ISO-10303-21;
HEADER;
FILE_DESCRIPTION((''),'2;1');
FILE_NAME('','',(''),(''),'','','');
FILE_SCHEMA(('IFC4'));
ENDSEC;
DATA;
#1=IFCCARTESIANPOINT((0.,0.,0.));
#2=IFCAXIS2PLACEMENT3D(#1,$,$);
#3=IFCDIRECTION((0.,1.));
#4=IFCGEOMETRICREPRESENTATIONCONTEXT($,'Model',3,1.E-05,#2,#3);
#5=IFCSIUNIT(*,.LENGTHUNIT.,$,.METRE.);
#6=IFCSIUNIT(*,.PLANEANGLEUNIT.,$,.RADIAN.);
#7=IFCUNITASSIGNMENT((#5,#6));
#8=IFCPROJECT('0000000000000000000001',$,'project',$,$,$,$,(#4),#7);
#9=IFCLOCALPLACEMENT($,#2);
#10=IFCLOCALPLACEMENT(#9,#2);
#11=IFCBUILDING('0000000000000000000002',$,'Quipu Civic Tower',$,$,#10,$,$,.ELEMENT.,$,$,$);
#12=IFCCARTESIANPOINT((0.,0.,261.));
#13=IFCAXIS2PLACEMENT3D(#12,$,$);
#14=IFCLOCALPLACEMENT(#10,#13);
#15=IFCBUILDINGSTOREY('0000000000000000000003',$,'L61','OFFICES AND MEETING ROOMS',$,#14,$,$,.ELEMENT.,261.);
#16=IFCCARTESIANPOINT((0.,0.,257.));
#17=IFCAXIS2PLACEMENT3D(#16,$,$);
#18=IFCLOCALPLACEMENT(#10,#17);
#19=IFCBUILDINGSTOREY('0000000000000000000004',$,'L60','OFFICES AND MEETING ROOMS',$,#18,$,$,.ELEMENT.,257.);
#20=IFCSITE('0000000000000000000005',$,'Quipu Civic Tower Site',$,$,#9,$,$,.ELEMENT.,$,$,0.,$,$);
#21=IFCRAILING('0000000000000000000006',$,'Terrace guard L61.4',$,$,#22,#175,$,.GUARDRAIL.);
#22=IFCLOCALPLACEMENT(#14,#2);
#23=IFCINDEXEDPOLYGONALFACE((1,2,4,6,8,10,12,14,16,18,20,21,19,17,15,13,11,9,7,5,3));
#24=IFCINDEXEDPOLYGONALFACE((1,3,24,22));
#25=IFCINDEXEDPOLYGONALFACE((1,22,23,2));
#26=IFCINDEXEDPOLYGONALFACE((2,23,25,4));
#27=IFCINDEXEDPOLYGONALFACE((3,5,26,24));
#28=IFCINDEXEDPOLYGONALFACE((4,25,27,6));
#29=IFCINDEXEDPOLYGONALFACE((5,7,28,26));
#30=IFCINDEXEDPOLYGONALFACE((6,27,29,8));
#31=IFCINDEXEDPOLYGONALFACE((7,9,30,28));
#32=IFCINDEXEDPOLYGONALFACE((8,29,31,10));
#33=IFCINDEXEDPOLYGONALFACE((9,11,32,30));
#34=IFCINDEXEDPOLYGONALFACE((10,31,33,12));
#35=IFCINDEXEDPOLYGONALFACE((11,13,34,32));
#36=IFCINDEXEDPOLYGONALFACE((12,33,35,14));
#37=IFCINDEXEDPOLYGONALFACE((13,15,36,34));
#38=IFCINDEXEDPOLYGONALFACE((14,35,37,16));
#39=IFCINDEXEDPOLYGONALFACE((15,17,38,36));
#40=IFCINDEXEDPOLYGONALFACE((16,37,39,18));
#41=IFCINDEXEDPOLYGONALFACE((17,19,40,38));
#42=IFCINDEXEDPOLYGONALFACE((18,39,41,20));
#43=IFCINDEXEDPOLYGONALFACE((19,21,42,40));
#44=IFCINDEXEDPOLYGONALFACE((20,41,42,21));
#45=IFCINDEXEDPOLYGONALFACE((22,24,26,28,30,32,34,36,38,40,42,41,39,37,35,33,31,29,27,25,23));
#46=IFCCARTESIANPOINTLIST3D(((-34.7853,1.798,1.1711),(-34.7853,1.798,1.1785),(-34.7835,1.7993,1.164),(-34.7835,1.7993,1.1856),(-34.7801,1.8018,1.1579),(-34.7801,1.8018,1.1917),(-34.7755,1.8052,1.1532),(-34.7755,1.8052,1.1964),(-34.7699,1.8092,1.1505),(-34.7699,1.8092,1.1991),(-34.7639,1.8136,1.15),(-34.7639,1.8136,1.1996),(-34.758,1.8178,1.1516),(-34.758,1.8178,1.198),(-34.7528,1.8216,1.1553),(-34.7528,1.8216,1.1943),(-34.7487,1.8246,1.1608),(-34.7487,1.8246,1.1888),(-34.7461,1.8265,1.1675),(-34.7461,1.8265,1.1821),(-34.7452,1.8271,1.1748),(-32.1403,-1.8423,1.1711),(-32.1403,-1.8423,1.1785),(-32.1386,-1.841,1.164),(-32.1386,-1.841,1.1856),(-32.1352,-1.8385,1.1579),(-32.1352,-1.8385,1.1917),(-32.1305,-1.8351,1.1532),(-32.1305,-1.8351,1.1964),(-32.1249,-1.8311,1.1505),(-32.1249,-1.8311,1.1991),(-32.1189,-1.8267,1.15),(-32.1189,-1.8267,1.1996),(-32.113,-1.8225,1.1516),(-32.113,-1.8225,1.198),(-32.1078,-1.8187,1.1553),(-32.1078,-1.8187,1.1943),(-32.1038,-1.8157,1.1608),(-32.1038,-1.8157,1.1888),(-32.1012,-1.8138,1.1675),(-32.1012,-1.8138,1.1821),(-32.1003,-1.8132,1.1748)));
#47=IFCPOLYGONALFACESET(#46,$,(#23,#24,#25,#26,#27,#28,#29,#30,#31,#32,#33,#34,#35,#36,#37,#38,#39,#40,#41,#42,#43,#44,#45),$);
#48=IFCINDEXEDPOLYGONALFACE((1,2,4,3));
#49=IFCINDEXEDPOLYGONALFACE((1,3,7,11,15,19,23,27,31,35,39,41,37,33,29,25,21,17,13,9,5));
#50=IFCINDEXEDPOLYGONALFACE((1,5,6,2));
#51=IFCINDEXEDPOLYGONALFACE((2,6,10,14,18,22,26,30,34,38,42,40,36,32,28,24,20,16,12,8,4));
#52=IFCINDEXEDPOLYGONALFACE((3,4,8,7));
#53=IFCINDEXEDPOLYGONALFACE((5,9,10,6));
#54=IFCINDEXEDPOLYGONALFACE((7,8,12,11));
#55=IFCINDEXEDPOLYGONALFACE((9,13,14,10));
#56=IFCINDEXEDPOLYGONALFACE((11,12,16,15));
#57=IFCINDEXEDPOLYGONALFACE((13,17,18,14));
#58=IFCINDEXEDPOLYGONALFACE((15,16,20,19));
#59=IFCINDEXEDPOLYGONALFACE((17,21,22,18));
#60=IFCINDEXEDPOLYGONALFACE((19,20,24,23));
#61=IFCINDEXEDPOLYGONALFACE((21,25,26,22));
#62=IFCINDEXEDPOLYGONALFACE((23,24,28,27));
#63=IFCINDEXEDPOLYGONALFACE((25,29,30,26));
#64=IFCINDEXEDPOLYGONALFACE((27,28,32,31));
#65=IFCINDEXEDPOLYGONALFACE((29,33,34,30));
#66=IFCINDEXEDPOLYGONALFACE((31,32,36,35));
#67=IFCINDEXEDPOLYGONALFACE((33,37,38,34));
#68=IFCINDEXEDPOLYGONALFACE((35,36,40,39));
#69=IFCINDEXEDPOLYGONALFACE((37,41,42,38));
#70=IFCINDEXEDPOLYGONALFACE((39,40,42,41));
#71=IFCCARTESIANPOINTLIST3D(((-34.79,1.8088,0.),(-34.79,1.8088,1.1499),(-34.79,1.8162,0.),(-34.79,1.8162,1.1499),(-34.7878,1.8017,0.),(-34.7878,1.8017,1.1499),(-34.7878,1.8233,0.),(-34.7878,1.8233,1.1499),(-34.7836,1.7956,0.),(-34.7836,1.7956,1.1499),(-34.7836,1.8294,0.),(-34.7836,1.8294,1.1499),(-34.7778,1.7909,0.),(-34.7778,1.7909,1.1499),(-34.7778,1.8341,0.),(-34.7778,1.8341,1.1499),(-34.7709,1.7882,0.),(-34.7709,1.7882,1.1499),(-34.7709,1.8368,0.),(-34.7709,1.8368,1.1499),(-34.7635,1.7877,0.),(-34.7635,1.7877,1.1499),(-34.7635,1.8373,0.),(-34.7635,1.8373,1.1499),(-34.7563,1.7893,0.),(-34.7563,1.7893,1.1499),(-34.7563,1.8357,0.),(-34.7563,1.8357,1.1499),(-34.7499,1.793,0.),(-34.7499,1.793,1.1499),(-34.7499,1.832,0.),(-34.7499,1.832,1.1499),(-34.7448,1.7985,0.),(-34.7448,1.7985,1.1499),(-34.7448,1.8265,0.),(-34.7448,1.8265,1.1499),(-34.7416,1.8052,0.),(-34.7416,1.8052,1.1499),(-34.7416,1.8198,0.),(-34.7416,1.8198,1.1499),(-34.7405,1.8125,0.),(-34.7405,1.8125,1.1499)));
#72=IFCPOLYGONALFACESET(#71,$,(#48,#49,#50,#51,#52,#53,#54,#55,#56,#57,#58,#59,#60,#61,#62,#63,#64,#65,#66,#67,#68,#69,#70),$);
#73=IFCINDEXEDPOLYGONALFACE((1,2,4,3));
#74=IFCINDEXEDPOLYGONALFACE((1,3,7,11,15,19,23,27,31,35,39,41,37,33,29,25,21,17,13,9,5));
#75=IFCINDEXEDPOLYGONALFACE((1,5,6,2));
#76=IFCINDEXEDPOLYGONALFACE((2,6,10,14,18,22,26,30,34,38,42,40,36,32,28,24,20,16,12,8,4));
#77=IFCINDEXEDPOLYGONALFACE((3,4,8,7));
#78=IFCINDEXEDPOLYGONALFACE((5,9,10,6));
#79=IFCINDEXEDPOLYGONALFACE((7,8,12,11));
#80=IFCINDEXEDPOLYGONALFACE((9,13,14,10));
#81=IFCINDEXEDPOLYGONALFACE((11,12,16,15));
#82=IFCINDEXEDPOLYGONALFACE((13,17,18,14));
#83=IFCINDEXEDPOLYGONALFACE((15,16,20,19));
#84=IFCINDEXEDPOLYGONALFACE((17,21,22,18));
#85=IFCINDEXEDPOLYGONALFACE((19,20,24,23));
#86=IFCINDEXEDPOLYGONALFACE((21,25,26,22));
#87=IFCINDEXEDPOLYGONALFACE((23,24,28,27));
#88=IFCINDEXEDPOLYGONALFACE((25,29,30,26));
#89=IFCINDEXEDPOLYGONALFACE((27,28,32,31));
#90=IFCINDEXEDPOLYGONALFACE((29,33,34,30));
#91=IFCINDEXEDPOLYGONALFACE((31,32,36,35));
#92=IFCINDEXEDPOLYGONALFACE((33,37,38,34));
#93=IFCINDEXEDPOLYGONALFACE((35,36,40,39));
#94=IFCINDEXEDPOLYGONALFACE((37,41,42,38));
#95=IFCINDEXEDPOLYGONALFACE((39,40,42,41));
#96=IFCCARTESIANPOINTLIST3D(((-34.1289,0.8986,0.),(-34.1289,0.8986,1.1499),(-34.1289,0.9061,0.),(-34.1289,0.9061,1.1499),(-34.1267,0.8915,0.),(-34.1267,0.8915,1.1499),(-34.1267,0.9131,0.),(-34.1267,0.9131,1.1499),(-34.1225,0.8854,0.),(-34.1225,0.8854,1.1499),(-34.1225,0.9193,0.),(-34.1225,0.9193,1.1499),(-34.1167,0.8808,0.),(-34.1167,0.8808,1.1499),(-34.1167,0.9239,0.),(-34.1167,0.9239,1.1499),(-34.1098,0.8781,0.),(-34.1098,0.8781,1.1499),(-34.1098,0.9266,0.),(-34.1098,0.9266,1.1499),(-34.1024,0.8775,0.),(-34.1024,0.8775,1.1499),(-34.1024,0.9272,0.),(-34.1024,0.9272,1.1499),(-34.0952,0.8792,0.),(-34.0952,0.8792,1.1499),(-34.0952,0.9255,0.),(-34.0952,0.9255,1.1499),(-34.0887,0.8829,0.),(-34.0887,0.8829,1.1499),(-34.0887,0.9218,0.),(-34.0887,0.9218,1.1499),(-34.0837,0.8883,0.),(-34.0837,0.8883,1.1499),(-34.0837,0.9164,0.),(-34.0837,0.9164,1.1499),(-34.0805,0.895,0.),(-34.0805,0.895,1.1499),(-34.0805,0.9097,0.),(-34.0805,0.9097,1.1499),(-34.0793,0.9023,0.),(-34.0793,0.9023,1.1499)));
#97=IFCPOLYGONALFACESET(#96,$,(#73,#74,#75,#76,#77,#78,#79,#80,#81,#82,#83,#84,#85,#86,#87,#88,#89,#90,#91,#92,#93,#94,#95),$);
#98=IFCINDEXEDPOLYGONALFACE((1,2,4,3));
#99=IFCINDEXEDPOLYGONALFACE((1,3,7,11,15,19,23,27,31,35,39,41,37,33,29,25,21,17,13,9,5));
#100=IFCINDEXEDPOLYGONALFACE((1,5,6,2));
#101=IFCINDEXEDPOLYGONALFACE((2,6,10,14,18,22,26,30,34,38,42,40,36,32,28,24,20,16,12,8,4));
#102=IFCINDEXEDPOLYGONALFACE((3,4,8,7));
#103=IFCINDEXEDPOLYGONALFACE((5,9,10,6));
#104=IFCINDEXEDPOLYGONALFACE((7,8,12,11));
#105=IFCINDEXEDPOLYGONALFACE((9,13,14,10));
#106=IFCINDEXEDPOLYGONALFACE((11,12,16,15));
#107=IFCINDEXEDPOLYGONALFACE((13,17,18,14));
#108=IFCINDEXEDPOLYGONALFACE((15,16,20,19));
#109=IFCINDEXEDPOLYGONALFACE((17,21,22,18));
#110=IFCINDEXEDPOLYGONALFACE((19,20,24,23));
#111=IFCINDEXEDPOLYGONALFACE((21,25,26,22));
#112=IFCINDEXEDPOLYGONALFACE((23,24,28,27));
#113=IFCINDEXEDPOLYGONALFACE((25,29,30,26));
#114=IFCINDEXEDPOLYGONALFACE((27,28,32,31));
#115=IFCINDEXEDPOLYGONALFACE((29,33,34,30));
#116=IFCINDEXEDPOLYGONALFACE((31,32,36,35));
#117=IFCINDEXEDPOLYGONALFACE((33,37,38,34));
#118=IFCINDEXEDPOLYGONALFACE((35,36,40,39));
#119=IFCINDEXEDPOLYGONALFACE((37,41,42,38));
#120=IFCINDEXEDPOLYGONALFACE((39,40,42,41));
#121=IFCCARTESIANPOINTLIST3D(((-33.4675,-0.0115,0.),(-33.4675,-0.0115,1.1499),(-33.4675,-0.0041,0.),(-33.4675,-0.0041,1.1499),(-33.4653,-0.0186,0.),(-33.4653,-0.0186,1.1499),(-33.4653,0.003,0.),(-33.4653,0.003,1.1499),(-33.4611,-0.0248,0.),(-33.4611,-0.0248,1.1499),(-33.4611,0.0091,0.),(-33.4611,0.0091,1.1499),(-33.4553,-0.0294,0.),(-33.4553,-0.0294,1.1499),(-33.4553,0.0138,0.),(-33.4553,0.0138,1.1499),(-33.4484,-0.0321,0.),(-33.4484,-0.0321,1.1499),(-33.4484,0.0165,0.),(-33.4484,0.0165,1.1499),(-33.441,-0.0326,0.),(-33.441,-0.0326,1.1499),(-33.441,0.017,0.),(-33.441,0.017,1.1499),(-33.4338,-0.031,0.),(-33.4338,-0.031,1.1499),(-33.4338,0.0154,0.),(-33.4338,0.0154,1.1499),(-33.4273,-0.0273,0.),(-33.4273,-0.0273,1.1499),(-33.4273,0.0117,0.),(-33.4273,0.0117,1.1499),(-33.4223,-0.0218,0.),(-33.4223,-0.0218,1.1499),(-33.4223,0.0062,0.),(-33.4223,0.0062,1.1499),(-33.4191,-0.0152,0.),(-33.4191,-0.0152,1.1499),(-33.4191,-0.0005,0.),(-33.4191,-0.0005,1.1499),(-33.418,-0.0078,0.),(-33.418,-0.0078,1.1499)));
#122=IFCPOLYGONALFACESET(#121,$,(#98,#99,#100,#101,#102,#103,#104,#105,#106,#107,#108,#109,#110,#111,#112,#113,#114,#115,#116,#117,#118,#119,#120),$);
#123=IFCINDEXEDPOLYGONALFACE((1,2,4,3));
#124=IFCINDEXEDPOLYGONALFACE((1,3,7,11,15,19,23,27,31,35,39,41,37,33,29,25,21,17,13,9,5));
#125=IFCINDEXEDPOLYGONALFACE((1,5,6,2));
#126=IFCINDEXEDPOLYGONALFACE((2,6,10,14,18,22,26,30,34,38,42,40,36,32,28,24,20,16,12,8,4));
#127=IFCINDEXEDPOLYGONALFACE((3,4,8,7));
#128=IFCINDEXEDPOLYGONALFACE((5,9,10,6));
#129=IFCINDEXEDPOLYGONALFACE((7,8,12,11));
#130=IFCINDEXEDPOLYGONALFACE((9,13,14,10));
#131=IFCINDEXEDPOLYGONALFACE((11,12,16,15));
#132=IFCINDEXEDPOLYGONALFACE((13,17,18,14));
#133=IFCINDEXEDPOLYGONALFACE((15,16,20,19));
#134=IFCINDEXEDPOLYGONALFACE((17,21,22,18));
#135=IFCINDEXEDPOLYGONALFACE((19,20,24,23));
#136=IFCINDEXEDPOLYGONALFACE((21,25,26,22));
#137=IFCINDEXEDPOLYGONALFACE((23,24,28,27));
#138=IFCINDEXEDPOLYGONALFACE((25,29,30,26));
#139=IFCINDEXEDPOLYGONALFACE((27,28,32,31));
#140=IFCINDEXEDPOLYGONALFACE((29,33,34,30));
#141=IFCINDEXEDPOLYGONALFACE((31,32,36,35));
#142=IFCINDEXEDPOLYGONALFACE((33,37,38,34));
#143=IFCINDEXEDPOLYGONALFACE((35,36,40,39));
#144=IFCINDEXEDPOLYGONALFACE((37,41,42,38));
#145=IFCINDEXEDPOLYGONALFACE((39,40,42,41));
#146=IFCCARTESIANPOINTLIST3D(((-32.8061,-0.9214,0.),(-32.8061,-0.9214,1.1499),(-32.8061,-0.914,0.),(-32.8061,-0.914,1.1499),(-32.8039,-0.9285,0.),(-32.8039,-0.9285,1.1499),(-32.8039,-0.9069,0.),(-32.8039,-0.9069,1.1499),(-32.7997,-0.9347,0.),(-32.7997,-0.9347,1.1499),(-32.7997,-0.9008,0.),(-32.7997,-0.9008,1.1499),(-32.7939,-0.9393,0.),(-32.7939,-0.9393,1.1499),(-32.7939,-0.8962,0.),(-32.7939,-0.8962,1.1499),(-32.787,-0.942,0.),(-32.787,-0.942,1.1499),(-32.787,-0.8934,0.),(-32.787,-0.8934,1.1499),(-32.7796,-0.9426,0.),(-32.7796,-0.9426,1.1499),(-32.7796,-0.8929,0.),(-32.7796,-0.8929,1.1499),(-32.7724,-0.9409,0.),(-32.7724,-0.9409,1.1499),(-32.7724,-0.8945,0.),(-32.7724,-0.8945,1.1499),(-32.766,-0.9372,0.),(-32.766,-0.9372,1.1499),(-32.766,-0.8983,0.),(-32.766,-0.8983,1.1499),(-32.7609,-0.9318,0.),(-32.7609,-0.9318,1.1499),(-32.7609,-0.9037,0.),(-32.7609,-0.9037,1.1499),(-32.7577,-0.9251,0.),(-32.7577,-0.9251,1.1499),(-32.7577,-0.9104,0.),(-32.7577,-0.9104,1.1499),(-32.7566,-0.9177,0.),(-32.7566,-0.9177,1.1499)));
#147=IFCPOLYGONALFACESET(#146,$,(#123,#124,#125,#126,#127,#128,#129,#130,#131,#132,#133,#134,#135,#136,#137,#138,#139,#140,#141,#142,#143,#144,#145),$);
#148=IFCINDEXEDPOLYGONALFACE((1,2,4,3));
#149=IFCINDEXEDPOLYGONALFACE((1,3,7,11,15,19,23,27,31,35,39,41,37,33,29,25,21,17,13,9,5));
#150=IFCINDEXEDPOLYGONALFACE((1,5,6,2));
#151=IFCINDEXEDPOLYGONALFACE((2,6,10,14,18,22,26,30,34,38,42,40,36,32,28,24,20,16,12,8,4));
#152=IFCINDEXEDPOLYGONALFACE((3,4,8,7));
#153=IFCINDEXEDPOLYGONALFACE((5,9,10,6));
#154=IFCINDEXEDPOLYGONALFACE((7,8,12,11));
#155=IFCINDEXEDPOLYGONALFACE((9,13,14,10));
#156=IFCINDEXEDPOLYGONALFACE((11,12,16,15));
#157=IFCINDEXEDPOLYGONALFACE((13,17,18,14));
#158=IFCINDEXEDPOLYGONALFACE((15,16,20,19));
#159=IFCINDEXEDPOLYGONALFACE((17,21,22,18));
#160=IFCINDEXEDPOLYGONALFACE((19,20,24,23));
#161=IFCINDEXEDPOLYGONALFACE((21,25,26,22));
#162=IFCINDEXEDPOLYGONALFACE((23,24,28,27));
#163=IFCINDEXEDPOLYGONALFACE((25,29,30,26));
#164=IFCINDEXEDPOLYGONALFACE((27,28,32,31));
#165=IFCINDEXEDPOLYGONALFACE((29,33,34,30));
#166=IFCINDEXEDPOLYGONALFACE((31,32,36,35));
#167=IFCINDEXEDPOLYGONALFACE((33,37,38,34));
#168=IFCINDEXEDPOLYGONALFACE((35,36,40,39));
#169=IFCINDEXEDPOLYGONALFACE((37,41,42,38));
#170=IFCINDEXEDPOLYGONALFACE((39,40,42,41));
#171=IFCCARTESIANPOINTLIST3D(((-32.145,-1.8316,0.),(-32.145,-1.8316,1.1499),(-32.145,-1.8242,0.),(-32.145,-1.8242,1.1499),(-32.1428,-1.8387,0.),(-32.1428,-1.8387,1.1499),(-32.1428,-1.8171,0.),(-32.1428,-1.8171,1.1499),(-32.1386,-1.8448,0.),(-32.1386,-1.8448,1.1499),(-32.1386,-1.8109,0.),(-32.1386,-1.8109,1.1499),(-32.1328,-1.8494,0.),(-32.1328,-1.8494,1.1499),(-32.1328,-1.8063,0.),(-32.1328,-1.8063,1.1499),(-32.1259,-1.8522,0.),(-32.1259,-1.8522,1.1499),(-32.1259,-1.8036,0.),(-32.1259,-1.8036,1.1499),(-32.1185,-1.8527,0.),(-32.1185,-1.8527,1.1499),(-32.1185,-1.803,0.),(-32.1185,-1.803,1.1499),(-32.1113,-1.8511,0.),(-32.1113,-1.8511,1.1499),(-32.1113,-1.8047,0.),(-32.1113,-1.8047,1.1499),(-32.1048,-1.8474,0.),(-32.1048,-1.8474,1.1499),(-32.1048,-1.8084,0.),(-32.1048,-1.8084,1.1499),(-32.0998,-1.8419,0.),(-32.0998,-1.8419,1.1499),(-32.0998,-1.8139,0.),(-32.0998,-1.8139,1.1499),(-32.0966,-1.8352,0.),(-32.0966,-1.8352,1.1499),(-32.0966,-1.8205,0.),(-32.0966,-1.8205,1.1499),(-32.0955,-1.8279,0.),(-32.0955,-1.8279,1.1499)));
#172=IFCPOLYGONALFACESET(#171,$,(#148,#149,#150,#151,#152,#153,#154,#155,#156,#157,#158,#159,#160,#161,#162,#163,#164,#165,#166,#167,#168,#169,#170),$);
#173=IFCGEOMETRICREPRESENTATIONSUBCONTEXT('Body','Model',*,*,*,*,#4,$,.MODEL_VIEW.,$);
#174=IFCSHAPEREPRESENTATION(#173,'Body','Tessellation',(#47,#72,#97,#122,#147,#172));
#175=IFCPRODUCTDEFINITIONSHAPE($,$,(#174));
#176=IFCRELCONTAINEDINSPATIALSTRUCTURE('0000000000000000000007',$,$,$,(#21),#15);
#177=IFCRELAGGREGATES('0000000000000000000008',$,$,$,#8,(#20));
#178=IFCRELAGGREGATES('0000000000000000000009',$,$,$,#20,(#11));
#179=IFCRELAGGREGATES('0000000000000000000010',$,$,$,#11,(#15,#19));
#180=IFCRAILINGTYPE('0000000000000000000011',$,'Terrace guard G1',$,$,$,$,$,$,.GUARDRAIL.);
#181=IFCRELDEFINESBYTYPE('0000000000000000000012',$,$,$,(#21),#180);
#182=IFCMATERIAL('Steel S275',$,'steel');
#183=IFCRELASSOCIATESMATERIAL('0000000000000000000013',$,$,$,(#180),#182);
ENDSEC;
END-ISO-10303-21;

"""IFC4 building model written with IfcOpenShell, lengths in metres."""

from ifc_helpers import new_model, si_unit, direction, frame, origin, origin_2d, place, context, subcontext, project, spatial, circle, extrude, material, type_object, element, save


model = new_model("IFC4")

# Units and contexts
model_context = context("Model", 3, precision=1e-05, world=origin(), true_north=direction((0.0, 1.0)))
body_context = subcontext(model_context, "Body", "Model", "MODEL_VIEW")
ifc_project = project(units=[si_unit("LENGTHUNIT", "METRE"), si_unit("PLANEANGLEUNIT", "RADIAN")], contexts=[model_context])

# Site, building, storey
site_placement = place(None, origin())
site = spatial("IfcSite", under=ifc_project, at=site_placement, Name="Quipu Civic Tower Site", CompositionType="ELEMENT", RefElevation=0.0)
building_placement = place(site_placement, origin())
building = spatial("IfcBuilding", under=site, at=building_placement, Name="Quipu Civic Tower", CompositionType="ELEMENT")
storey_1_placement = place(building_placement, frame((0.0, 0.0, 261.0)))
storey_1 = spatial("IfcBuildingStorey", under=building, at=storey_1_placement, Name="L61", Description="OFFICES AND MEETING ROOMS", CompositionType="ELEMENT", Elevation=261.0)

# Shared definitions
storey_2_placement = place(building_placement, frame((0.0, 0.0, 257.0)))
storey_2 = spatial("IfcBuildingStorey", under=building, at=storey_2_placement, Name="L60", Description="OFFICES AND MEETING ROOMS", CompositionType="ELEMENT", Elevation=257.0)

# Railing
ifc_material_1 = material(Name="Steel S275", Category="steel")
railing_type = type_object("IfcRailingType", Name="Terrace guard G1", PredefinedType="GUARDRAIL", material=ifc_material_1)
railing_1_placement = place(storey_1_placement, frame((-34.7654, 1.8125, 0.0)))
element("IfcRailing", 1, at=railing_1_placement, inside=storey_1, type_object=railing_type, Name="Terrace guard L61.4", PredefinedType="GUARDRAIL", context=body_context, shape_type="SweptSolid", body=[
    extrude(circle(Radius=0.0249, at=origin_2d()), frame((0.0, 0.0, 1.1748), z_axis=(0.587804, -0.809003, 0.0), x_axis=(0.809003, 0.587804, 0.0)), (0.0, 0.0, 1.0), 4.4998),
    extrude(circle(Radius=0.0249, at=origin_2d()), origin(), (0.0, 0.0, 1.0), 1.1499),
    extrude(circle(Radius=0.0249, at=origin_2d()), frame((0.6611, -0.9102, 0.0)), (0.0, 0.0, 1.0), 1.1499),
    extrude(circle(Radius=0.0249, at=origin_2d()), frame((1.3225, -1.8203, 0.0)), (0.0, 0.0, 1.0), 1.1499),
    extrude(circle(Radius=0.0249, at=origin_2d()), frame((1.9839, -2.7302, 0.0)), (0.0, 0.0, 1.0), 1.1499),
    extrude(circle(Radius=0.0249, at=origin_2d()), frame((2.645, -3.6404, 0.0)), (0.0, 0.0, 1.0), 1.1499),
])

save(model, "model.ifc")
